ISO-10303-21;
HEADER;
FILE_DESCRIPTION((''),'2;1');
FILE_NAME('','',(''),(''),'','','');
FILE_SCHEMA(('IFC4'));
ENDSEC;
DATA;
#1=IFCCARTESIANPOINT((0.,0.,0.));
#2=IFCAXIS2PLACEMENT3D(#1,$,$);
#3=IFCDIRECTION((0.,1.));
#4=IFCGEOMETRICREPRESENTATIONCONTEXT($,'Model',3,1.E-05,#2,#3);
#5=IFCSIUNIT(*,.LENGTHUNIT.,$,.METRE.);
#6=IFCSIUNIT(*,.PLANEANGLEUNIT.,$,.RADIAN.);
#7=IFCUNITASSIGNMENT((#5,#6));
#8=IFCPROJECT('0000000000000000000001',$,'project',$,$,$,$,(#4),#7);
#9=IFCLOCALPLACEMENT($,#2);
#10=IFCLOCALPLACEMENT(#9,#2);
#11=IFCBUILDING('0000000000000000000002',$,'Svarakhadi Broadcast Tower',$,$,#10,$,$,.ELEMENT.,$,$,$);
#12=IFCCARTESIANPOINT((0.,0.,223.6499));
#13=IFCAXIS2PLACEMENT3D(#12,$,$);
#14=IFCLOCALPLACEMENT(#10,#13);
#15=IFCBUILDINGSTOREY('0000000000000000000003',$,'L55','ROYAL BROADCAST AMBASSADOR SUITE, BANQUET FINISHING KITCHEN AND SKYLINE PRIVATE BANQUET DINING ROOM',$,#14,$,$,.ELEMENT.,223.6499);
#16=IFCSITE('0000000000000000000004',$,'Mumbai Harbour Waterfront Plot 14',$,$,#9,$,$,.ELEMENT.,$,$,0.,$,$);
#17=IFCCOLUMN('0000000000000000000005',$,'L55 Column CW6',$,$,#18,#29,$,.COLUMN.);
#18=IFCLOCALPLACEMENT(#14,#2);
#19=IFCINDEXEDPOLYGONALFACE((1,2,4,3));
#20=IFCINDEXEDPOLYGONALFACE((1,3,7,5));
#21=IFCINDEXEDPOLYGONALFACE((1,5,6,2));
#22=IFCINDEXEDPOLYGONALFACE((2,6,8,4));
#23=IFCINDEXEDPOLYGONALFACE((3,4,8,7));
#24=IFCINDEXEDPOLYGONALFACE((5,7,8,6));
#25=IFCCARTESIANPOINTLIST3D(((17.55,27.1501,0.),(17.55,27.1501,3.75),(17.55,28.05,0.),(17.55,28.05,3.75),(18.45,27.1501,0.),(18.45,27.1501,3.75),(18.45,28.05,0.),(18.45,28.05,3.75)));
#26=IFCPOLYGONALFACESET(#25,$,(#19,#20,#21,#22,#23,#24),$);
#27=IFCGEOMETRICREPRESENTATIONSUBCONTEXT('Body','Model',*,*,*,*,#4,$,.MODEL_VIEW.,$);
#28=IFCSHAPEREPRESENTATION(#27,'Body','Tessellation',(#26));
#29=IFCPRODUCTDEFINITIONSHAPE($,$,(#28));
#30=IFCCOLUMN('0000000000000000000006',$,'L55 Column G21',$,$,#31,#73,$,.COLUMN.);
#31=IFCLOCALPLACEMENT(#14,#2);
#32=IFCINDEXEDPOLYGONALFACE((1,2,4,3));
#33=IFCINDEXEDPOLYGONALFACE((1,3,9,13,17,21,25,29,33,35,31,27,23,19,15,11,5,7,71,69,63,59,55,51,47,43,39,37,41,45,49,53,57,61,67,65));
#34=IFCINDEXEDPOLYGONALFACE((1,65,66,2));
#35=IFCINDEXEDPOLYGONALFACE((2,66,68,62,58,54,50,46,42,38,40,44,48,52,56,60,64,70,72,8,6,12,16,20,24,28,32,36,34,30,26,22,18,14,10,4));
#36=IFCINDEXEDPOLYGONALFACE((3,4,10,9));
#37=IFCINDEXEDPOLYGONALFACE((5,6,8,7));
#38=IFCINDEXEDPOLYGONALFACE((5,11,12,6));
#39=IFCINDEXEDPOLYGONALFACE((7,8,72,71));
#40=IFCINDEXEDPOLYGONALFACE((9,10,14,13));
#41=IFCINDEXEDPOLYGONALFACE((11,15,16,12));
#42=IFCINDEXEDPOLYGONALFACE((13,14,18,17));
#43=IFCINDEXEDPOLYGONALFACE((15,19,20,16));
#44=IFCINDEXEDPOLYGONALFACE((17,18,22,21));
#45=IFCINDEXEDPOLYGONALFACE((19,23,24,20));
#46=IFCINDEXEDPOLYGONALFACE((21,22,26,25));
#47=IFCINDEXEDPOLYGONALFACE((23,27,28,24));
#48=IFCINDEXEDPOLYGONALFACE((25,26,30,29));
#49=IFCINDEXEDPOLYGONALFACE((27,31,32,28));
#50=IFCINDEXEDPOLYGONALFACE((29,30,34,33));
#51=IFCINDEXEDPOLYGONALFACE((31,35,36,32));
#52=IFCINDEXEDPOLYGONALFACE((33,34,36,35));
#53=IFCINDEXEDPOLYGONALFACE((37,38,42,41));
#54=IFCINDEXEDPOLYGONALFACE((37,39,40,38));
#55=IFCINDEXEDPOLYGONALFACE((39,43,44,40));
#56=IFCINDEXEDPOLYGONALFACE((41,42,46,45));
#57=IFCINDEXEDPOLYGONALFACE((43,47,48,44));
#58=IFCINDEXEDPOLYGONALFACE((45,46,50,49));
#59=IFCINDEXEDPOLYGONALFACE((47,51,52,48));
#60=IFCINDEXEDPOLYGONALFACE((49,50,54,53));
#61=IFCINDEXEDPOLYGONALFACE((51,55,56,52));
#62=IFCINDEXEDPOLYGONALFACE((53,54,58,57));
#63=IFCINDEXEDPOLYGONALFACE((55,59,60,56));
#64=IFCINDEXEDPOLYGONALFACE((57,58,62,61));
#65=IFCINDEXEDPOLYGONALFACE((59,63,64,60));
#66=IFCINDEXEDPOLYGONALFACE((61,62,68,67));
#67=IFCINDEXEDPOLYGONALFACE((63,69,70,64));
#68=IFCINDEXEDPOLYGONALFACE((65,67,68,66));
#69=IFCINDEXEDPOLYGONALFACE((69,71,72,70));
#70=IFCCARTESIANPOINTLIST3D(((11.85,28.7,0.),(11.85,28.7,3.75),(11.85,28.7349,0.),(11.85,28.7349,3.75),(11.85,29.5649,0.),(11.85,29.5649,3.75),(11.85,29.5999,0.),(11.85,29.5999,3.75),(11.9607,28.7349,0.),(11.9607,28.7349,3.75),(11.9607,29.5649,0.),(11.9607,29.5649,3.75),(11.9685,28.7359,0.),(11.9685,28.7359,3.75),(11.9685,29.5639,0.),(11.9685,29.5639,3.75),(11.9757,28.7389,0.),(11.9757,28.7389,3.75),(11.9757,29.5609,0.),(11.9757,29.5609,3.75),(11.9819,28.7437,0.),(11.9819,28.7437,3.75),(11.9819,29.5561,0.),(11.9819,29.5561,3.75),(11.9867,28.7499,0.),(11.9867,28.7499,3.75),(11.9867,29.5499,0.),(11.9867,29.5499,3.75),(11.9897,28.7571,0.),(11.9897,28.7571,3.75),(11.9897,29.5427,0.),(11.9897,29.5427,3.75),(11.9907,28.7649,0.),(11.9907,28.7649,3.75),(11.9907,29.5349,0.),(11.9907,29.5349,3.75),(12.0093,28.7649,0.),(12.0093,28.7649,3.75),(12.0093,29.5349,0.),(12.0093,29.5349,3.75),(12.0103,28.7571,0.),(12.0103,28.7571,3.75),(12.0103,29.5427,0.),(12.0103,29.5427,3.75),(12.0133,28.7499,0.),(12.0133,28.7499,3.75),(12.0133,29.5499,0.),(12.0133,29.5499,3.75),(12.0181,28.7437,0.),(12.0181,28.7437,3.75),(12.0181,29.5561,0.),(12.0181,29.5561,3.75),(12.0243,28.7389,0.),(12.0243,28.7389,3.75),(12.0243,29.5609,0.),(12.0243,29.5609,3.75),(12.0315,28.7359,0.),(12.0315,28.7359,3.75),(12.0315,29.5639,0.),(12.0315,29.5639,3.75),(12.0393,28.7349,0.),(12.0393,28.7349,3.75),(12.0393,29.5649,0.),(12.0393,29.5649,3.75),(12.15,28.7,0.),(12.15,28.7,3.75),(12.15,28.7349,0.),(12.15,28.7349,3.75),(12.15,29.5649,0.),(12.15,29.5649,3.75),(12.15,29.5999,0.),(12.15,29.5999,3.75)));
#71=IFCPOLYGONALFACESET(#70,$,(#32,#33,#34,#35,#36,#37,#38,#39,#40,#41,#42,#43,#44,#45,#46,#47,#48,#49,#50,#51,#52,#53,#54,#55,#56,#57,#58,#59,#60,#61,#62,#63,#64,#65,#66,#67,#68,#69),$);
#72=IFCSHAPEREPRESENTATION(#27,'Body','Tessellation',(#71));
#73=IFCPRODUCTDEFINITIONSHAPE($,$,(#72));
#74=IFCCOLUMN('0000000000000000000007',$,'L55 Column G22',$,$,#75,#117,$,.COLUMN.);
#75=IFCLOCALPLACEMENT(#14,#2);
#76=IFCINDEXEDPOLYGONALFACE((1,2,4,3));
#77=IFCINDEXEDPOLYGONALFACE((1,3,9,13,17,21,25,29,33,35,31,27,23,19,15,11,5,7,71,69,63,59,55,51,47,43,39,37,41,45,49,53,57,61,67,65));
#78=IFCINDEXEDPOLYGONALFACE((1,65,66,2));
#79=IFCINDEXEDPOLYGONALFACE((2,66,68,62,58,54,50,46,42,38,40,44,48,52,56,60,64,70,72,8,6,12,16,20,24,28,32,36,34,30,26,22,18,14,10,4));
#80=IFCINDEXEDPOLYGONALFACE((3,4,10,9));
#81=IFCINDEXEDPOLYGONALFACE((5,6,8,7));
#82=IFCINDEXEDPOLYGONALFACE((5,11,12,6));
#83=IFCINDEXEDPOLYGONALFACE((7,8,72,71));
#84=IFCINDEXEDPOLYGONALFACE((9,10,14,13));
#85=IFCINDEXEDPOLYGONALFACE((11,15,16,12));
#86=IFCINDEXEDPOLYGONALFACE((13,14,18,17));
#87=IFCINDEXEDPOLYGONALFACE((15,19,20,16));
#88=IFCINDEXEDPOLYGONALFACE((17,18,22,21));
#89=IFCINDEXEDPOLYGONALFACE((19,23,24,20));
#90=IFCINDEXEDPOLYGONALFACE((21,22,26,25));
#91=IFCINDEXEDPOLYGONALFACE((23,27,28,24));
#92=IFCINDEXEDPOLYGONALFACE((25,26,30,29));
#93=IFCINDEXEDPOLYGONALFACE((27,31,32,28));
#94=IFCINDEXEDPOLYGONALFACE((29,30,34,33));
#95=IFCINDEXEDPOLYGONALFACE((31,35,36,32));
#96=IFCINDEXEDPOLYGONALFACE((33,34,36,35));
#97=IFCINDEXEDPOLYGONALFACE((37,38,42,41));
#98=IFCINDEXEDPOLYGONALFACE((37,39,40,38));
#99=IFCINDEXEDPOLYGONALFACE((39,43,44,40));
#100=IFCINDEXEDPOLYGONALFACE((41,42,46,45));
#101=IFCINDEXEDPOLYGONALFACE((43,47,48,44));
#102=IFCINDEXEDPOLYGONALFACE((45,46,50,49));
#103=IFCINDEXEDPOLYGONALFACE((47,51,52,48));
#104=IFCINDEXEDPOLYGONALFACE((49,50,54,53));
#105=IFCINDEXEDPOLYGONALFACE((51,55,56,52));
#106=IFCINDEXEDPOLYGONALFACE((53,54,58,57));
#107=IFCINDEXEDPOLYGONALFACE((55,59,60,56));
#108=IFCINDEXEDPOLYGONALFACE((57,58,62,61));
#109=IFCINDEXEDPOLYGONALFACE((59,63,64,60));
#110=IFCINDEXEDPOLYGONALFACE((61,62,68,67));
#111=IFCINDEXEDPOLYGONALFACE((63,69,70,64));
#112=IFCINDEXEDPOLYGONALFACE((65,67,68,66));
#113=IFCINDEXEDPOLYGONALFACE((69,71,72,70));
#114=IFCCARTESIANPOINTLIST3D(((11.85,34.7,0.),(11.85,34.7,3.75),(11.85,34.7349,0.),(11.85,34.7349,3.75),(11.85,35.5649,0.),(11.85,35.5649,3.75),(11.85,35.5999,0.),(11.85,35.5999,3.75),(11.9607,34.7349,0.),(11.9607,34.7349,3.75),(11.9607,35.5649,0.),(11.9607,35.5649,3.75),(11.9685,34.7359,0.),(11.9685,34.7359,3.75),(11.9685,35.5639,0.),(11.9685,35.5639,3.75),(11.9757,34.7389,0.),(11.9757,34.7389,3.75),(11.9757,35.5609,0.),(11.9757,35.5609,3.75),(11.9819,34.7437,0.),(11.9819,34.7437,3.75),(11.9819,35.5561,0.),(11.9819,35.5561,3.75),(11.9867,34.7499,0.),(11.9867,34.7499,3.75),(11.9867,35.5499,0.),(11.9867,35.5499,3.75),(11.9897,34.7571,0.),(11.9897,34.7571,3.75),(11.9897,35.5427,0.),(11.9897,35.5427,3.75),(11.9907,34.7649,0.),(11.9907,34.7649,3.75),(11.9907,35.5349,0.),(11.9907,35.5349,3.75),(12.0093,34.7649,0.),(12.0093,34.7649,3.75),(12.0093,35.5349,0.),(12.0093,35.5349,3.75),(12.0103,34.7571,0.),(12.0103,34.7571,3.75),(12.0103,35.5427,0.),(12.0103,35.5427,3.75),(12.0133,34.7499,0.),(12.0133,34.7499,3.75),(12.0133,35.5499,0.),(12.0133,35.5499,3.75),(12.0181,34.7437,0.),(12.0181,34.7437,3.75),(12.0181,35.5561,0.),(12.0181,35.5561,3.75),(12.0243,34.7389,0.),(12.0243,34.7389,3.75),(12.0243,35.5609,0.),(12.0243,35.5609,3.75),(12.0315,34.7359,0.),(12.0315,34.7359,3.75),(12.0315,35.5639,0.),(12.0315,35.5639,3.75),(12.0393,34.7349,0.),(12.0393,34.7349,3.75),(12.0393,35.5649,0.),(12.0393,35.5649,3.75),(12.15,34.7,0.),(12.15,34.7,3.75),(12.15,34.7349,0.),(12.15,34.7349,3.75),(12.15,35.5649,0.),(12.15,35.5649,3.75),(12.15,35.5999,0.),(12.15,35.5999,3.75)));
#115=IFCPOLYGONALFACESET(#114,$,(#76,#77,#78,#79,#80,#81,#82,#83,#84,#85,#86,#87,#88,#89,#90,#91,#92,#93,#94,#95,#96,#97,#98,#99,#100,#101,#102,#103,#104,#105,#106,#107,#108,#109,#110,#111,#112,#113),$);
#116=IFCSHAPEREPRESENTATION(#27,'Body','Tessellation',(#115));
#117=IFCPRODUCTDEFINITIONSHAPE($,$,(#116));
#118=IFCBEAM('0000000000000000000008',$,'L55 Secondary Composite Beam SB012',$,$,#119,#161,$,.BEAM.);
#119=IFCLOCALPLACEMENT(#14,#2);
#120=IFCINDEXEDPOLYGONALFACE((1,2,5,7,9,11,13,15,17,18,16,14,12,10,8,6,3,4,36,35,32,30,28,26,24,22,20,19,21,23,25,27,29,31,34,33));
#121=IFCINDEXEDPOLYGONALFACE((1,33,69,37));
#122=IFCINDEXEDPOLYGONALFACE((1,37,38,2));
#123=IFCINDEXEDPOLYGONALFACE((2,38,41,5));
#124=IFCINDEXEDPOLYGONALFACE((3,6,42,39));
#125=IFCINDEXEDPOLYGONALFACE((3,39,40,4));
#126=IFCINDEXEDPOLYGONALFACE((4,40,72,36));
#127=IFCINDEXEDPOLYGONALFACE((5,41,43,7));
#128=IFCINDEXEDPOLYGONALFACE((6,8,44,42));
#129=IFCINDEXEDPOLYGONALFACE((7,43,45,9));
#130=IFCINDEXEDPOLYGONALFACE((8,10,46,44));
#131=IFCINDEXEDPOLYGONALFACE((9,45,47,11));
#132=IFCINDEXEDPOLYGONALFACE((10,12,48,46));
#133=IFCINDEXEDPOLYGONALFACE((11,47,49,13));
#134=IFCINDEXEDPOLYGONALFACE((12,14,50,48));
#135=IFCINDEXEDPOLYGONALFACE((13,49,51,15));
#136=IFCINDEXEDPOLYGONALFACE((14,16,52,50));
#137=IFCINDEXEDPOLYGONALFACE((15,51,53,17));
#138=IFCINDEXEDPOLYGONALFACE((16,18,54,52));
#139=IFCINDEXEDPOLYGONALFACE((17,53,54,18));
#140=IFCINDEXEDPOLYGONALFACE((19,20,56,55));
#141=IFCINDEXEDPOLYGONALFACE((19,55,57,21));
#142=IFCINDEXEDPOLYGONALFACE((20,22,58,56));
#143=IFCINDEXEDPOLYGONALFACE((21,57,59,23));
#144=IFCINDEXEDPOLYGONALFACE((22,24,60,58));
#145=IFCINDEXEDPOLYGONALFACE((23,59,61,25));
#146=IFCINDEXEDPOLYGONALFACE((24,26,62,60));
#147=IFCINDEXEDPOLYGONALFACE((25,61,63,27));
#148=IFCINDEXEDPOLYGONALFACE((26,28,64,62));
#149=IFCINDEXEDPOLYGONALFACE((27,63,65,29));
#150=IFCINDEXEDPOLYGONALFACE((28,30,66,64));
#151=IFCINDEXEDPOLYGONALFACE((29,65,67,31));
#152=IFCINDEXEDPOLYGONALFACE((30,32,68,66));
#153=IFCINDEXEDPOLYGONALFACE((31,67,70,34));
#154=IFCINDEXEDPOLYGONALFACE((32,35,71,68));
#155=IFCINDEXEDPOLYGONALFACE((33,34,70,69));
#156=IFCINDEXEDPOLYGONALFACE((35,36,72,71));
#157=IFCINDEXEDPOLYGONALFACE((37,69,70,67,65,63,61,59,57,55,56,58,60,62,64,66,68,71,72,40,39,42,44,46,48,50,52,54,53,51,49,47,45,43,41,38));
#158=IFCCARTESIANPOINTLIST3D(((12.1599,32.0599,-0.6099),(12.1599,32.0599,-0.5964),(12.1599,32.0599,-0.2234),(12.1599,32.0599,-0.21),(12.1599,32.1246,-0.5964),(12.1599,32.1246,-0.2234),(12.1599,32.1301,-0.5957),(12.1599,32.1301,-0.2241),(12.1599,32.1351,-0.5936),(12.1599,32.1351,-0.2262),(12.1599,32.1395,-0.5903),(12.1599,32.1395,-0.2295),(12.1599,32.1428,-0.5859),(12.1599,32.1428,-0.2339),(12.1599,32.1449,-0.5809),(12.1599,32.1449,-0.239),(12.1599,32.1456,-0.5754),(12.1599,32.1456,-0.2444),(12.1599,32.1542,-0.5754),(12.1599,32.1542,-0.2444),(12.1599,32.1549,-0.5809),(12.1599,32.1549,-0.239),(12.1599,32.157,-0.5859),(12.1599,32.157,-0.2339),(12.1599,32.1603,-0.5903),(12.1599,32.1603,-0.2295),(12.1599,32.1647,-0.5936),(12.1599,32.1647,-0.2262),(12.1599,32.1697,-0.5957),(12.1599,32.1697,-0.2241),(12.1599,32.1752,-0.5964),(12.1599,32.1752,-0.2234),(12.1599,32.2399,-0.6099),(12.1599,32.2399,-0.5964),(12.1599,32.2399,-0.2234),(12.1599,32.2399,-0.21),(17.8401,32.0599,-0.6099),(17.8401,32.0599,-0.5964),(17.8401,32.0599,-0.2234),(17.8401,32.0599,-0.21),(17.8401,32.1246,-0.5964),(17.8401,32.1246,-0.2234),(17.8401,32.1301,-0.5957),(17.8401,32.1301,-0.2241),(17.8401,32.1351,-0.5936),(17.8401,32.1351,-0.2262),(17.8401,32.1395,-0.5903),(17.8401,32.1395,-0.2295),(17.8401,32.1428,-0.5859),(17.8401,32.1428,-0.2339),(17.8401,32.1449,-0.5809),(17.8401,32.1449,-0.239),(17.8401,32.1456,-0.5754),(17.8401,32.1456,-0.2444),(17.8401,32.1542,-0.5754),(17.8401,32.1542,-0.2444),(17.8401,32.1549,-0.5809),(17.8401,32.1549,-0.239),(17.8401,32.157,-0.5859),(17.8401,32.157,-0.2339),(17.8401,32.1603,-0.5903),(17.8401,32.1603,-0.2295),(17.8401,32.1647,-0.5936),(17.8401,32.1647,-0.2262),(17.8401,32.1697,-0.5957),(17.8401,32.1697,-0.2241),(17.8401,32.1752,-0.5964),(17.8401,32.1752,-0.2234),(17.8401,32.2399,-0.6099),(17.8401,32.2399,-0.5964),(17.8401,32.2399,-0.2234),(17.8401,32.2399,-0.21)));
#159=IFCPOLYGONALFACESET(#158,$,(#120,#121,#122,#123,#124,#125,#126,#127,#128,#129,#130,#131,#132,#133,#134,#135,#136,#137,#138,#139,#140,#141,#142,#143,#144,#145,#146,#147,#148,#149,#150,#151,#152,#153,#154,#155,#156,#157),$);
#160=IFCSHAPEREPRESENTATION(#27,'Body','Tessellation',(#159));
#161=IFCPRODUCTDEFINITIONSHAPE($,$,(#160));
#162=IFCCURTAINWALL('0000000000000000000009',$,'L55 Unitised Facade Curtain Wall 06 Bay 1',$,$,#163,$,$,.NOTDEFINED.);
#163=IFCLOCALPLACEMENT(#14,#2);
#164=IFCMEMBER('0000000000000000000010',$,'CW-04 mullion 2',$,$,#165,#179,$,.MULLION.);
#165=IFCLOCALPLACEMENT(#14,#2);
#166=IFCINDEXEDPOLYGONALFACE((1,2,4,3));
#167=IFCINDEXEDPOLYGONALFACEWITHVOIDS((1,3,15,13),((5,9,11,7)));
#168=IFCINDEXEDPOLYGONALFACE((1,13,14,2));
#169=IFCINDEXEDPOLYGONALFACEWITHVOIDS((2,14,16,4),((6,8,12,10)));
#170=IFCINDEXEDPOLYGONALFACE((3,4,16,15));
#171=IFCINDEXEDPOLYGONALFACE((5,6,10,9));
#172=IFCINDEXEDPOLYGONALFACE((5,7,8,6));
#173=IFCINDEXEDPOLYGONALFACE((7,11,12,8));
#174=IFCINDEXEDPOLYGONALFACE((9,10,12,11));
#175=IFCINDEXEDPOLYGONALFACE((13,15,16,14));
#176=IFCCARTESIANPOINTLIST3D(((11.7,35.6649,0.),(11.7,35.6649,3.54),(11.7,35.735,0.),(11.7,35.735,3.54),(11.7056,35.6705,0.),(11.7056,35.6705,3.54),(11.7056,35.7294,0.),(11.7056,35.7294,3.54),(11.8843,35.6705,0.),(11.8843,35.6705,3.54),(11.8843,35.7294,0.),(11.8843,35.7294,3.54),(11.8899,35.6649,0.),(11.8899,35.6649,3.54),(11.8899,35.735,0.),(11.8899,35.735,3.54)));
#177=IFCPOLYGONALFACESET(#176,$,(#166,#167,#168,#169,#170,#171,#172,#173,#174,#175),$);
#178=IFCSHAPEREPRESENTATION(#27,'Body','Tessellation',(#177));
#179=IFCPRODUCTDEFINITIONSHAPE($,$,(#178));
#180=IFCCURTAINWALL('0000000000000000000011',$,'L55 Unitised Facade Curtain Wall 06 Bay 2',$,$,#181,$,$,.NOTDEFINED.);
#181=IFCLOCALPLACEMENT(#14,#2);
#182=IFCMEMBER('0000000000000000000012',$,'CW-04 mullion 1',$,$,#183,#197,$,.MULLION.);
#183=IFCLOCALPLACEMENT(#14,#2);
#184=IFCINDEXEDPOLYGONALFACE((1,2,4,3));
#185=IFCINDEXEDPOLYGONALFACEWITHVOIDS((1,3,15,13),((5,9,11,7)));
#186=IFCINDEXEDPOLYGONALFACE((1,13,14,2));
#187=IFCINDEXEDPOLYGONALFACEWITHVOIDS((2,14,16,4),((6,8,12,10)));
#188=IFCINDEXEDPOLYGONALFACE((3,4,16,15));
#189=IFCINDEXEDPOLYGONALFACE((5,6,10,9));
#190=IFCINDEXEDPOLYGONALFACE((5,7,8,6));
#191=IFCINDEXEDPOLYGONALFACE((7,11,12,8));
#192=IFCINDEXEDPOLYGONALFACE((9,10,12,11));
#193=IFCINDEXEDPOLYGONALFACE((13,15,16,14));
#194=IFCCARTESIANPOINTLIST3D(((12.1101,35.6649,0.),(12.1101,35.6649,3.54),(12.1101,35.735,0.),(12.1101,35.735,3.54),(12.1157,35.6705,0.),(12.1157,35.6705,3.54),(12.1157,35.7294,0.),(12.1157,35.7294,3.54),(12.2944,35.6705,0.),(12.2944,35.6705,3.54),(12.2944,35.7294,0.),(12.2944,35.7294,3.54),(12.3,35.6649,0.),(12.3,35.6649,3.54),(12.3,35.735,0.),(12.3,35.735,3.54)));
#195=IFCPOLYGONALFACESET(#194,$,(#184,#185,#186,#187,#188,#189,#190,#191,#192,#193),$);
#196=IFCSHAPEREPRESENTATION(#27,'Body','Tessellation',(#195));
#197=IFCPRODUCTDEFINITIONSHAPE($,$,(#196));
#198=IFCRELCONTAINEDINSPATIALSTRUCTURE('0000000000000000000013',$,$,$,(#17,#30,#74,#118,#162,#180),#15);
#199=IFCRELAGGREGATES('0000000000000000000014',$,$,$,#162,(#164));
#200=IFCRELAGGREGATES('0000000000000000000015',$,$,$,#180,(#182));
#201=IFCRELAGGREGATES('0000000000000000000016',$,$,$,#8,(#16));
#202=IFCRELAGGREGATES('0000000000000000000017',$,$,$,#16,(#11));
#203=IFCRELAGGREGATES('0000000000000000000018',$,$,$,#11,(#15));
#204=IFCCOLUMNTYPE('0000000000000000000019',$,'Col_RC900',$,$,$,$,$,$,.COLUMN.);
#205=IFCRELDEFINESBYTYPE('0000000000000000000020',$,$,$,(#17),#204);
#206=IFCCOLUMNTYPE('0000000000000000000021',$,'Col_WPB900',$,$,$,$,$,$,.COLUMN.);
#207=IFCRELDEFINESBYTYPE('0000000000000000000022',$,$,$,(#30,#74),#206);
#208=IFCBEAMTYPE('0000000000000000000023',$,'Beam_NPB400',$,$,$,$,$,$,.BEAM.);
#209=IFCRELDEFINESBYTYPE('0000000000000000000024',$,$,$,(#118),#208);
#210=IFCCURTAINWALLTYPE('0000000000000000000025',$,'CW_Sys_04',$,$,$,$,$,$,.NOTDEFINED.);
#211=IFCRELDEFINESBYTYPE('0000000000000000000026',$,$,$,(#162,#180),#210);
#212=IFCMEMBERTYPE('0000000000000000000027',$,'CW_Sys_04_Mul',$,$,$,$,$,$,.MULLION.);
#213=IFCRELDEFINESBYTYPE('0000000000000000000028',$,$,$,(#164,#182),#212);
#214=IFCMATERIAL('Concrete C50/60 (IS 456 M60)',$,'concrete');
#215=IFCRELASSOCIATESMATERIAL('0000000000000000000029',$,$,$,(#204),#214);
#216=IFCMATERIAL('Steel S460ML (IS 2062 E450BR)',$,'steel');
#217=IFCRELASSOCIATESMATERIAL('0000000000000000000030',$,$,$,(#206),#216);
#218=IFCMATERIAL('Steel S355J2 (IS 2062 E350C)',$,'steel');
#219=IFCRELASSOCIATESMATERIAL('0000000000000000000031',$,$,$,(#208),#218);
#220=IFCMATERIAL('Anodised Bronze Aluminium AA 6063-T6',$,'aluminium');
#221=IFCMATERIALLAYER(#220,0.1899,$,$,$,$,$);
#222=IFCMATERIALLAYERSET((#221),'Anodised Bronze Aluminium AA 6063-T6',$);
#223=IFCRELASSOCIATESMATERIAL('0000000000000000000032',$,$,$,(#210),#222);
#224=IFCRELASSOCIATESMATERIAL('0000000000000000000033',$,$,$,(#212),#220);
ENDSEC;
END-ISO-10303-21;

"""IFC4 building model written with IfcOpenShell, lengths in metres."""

from ifc_helpers import new_model, si_unit, direction, frame, origin, origin_2d, place, context, subcontext, project, spatial, rectangle, hollow_rectangle, i_section, extrude, material, layer, layer_set, material_profile, profile_set, type_object, element, aggregate, save


model = new_model("IFC4")

# Units and contexts
model_context = context("Model", 3, precision=1e-05, world=origin(), true_north=direction((0.0, 1.0)))
body_context = subcontext(model_context, "Body", "Model", "MODEL_VIEW")
ifc_project = project(units=[si_unit("LENGTHUNIT", "METRE"), si_unit("PLANEANGLEUNIT", "RADIAN")], contexts=[model_context])

# Site, building, storey
site_placement = place(None, origin())
site = spatial("IfcSite", under=ifc_project, at=site_placement, Name="Mumbai Harbour Waterfront Plot 14", CompositionType="ELEMENT", RefElevation=0.0)
building_placement = place(site_placement, origin())
building = spatial("IfcBuilding", under=site, at=building_placement, Name="Svarakhadi Broadcast Tower", CompositionType="ELEMENT")
storey_placement = place(building_placement, frame((0.0, 0.0, 223.6499)))
storey = spatial("IfcBuildingStorey", under=building, at=storey_placement, Name="L55", Description="ROYAL BROADCAST AMBASSADOR SUITE, BANQUET FINISHING KITCHEN AND SKYLINE PRIVATE BANQUET DINING ROOM", CompositionType="ELEMENT", Elevation=223.6499)

# Columns
ifc_material_1 = material(Name="Concrete C50/60 (IS 456 M60)", Category="concrete")
ifc_material_profile_1 = material_profile(ifc_material_1, rectangle(XDim=0.8999, YDim=0.8999, at=origin_2d()), Name="RC 900x900")
ifc_profile_set_1 = profile_set([ifc_material_profile_1], Name="Concrete C50/60 (IS 456 M60)")
column_type_1 = type_object("IfcColumnType", Name="Col_RC900", PredefinedType="COLUMN", material=ifc_profile_set_1)
column_placement = place(storey_placement, frame((18.0, 27.6001, 0.0), z_axis=(0.0, 0.0, 1.0), x_axis=(1.0, 0.0, 0.0)))
element("IfcColumn", 1, at=column_placement, inside=storey, type_object=column_type_1, Name="L55 Column CW6", PredefinedType="COLUMN", context=body_context, shape_type="SweptSolid", body=[
    extrude(rectangle(XDim=0.8999, YDim=0.8999, at=origin_2d()), origin(), (0.0, 0.0, 1.0), 3.75),
])
ifc_material_2 = material(Name="Steel S460ML (IS 2062 E450BR)", Category="steel")
ifc_material_profile_2 = material_profile(ifc_material_2, i_section(OverallWidth=0.3, OverallDepth=0.8999, WebThickness=0.0186, FlangeThickness=0.0349, FilletRadius=0.03, at=origin_2d()), Name="WPB 900x300x291")
ifc_profile_set_2 = profile_set([ifc_material_profile_2], Name="Steel S460ML (IS 2062 E450BR)")
column_type_2 = type_object("IfcColumnType", Name="Col_WPB900", PredefinedType="COLUMN", material=ifc_profile_set_2)
for number, where, z_axis, x_axis, name in (
    (2, (12.0, 29.1499, 0.0), (0.0, 0.0, 1.0), (1.0, 0.0, 0.0), "L55 Column G21"),
    (3, (12.0, 35.1499, 0.0), (0.0, 0.0, 1.0), (1.0, 0.0, 0.0), "L55 Column G22"),
):
    element("IfcColumn", number, at=place(storey_placement, frame(where, z_axis=z_axis, x_axis=x_axis)), inside=storey, type_object=column_type_2, Name=name, PredefinedType="COLUMN", context=body_context, shape_type="SweptSolid", body=[
        extrude(i_section(OverallWidth=0.3, OverallDepth=0.8999, WebThickness=0.0186, FlangeThickness=0.0349, FilletRadius=0.03, at=origin_2d()), origin(), (0.0, 0.0, 1.0), 3.75),
    ])

# Beam
ifc_material_3 = material(Name="Steel S355J2 (IS 2062 E350C)", Category="steel")
ifc_material_profile_3 = material_profile(ifc_material_3, i_section(OverallWidth=0.1799, OverallDepth=0.3999, WebThickness=0.0085, FlangeThickness=0.0134, FilletRadius=0.021, at=origin_2d()), Name="NPB 400x180x66")
ifc_profile_set_3 = profile_set([ifc_material_profile_3], Name="Steel S355J2 (IS 2062 E350C)")
beam_type_1 = type_object("IfcBeamType", Name="Beam_NPB400", PredefinedType="BEAM", material=ifc_profile_set_3)
beam_1_placement = place(storey_placement, frame((12.1599, 32.1499, -0.4099), z_axis=(1.0, 0.0, 0.0), x_axis=(0.0, 1.0, 0.0)))
element("IfcBeam", 4, at=beam_1_placement, inside=storey, type_object=beam_type_1, Name="L55 Secondary Composite Beam SB012", PredefinedType="BEAM", context=body_context, shape_type="SweptSolid", body=[
    extrude(i_section(OverallWidth=0.1799, OverallDepth=0.3999, WebThickness=0.0085, FlangeThickness=0.0134, FilletRadius=0.021, at=origin_2d()), origin(), (0.0, 0.0, 1.0), 5.6802),
])

# Curtain wall, member
ifc_material_4 = material(Name="Anodised Bronze Aluminium AA 6063-T6", Category="aluminium")
ifc_layer_1 = layer(ifc_material_4, 0.1899)
ifc_layer_set_1 = layer_set([ifc_layer_1], Name="Anodised Bronze Aluminium AA 6063-T6")
curtain_wall_type = type_object("IfcCurtainWallType", Name="CW_Sys_04", PredefinedType="NOTDEFINED", material=ifc_layer_set_1)
curtain_wall_1_placement = place(storey_placement, origin())
curtain_wall_1 = element("IfcCurtainWall", 5, at=curtain_wall_1_placement, inside=storey, type_object=curtain_wall_type, Name="L55 Unitised Facade Curtain Wall 06 Bay 1", PredefinedType="NOTDEFINED")
ifc_material_profile_4 = material_profile(ifc_material_4, hollow_rectangle(XDim=0.0701, YDim=0.1899, WallThickness=0.0056, at=origin_2d()), Name="ALU MULLION 190x70x6")
ifc_profile_set_4 = profile_set([ifc_material_profile_4], Name="Anodised Bronze Aluminium AA 6063-T6")
member_type_1 = type_object("IfcMemberType", Name="CW_Sys_04_Mul", PredefinedType="MULLION", material=ifc_profile_set_4)
member_1_placement = place(storey_placement, frame((11.7949, 35.7, 0.0), z_axis=(0.0, 0.0, 1.0), x_axis=(0.0, 1.0, 0.0)))
member_1 = element("IfcMember", 6, at=member_1_placement, type_object=member_type_1, Name="CW-04 mullion 2", PredefinedType="MULLION", context=body_context, shape_type="SweptSolid", body=[
    extrude(hollow_rectangle(XDim=0.0701, YDim=0.1899, WallThickness=0.0056, at=origin_2d()), origin(), (0.0, 0.0, 1.0), 3.54),
])

# Curtain wall, member
curtain_wall_2_placement = place(storey_placement, origin())
curtain_wall_2 = element("IfcCurtainWall", 7, at=curtain_wall_2_placement, inside=storey, type_object=curtain_wall_type, Name="L55 Unitised Facade Curtain Wall 06 Bay 2", PredefinedType="NOTDEFINED")
member_2_placement = place(storey_placement, frame((12.2051, 35.7, 0.0), z_axis=(0.0, 0.0, 1.0), x_axis=(0.0, 1.0, 0.0)))
member_2 = element("IfcMember", 8, at=member_2_placement, type_object=member_type_1, Name="CW-04 mullion 1", PredefinedType="MULLION", context=body_context, shape_type="SweptSolid", body=[
    extrude(hollow_rectangle(XDim=0.0701, YDim=0.1899, WallThickness=0.0056, at=origin_2d()), origin(), (0.0, 0.0, 1.0), 3.54),
])

aggregate(curtain_wall_1, [member_1])
aggregate(curtain_wall_2, [member_2])

save(model, "model.ifc")
